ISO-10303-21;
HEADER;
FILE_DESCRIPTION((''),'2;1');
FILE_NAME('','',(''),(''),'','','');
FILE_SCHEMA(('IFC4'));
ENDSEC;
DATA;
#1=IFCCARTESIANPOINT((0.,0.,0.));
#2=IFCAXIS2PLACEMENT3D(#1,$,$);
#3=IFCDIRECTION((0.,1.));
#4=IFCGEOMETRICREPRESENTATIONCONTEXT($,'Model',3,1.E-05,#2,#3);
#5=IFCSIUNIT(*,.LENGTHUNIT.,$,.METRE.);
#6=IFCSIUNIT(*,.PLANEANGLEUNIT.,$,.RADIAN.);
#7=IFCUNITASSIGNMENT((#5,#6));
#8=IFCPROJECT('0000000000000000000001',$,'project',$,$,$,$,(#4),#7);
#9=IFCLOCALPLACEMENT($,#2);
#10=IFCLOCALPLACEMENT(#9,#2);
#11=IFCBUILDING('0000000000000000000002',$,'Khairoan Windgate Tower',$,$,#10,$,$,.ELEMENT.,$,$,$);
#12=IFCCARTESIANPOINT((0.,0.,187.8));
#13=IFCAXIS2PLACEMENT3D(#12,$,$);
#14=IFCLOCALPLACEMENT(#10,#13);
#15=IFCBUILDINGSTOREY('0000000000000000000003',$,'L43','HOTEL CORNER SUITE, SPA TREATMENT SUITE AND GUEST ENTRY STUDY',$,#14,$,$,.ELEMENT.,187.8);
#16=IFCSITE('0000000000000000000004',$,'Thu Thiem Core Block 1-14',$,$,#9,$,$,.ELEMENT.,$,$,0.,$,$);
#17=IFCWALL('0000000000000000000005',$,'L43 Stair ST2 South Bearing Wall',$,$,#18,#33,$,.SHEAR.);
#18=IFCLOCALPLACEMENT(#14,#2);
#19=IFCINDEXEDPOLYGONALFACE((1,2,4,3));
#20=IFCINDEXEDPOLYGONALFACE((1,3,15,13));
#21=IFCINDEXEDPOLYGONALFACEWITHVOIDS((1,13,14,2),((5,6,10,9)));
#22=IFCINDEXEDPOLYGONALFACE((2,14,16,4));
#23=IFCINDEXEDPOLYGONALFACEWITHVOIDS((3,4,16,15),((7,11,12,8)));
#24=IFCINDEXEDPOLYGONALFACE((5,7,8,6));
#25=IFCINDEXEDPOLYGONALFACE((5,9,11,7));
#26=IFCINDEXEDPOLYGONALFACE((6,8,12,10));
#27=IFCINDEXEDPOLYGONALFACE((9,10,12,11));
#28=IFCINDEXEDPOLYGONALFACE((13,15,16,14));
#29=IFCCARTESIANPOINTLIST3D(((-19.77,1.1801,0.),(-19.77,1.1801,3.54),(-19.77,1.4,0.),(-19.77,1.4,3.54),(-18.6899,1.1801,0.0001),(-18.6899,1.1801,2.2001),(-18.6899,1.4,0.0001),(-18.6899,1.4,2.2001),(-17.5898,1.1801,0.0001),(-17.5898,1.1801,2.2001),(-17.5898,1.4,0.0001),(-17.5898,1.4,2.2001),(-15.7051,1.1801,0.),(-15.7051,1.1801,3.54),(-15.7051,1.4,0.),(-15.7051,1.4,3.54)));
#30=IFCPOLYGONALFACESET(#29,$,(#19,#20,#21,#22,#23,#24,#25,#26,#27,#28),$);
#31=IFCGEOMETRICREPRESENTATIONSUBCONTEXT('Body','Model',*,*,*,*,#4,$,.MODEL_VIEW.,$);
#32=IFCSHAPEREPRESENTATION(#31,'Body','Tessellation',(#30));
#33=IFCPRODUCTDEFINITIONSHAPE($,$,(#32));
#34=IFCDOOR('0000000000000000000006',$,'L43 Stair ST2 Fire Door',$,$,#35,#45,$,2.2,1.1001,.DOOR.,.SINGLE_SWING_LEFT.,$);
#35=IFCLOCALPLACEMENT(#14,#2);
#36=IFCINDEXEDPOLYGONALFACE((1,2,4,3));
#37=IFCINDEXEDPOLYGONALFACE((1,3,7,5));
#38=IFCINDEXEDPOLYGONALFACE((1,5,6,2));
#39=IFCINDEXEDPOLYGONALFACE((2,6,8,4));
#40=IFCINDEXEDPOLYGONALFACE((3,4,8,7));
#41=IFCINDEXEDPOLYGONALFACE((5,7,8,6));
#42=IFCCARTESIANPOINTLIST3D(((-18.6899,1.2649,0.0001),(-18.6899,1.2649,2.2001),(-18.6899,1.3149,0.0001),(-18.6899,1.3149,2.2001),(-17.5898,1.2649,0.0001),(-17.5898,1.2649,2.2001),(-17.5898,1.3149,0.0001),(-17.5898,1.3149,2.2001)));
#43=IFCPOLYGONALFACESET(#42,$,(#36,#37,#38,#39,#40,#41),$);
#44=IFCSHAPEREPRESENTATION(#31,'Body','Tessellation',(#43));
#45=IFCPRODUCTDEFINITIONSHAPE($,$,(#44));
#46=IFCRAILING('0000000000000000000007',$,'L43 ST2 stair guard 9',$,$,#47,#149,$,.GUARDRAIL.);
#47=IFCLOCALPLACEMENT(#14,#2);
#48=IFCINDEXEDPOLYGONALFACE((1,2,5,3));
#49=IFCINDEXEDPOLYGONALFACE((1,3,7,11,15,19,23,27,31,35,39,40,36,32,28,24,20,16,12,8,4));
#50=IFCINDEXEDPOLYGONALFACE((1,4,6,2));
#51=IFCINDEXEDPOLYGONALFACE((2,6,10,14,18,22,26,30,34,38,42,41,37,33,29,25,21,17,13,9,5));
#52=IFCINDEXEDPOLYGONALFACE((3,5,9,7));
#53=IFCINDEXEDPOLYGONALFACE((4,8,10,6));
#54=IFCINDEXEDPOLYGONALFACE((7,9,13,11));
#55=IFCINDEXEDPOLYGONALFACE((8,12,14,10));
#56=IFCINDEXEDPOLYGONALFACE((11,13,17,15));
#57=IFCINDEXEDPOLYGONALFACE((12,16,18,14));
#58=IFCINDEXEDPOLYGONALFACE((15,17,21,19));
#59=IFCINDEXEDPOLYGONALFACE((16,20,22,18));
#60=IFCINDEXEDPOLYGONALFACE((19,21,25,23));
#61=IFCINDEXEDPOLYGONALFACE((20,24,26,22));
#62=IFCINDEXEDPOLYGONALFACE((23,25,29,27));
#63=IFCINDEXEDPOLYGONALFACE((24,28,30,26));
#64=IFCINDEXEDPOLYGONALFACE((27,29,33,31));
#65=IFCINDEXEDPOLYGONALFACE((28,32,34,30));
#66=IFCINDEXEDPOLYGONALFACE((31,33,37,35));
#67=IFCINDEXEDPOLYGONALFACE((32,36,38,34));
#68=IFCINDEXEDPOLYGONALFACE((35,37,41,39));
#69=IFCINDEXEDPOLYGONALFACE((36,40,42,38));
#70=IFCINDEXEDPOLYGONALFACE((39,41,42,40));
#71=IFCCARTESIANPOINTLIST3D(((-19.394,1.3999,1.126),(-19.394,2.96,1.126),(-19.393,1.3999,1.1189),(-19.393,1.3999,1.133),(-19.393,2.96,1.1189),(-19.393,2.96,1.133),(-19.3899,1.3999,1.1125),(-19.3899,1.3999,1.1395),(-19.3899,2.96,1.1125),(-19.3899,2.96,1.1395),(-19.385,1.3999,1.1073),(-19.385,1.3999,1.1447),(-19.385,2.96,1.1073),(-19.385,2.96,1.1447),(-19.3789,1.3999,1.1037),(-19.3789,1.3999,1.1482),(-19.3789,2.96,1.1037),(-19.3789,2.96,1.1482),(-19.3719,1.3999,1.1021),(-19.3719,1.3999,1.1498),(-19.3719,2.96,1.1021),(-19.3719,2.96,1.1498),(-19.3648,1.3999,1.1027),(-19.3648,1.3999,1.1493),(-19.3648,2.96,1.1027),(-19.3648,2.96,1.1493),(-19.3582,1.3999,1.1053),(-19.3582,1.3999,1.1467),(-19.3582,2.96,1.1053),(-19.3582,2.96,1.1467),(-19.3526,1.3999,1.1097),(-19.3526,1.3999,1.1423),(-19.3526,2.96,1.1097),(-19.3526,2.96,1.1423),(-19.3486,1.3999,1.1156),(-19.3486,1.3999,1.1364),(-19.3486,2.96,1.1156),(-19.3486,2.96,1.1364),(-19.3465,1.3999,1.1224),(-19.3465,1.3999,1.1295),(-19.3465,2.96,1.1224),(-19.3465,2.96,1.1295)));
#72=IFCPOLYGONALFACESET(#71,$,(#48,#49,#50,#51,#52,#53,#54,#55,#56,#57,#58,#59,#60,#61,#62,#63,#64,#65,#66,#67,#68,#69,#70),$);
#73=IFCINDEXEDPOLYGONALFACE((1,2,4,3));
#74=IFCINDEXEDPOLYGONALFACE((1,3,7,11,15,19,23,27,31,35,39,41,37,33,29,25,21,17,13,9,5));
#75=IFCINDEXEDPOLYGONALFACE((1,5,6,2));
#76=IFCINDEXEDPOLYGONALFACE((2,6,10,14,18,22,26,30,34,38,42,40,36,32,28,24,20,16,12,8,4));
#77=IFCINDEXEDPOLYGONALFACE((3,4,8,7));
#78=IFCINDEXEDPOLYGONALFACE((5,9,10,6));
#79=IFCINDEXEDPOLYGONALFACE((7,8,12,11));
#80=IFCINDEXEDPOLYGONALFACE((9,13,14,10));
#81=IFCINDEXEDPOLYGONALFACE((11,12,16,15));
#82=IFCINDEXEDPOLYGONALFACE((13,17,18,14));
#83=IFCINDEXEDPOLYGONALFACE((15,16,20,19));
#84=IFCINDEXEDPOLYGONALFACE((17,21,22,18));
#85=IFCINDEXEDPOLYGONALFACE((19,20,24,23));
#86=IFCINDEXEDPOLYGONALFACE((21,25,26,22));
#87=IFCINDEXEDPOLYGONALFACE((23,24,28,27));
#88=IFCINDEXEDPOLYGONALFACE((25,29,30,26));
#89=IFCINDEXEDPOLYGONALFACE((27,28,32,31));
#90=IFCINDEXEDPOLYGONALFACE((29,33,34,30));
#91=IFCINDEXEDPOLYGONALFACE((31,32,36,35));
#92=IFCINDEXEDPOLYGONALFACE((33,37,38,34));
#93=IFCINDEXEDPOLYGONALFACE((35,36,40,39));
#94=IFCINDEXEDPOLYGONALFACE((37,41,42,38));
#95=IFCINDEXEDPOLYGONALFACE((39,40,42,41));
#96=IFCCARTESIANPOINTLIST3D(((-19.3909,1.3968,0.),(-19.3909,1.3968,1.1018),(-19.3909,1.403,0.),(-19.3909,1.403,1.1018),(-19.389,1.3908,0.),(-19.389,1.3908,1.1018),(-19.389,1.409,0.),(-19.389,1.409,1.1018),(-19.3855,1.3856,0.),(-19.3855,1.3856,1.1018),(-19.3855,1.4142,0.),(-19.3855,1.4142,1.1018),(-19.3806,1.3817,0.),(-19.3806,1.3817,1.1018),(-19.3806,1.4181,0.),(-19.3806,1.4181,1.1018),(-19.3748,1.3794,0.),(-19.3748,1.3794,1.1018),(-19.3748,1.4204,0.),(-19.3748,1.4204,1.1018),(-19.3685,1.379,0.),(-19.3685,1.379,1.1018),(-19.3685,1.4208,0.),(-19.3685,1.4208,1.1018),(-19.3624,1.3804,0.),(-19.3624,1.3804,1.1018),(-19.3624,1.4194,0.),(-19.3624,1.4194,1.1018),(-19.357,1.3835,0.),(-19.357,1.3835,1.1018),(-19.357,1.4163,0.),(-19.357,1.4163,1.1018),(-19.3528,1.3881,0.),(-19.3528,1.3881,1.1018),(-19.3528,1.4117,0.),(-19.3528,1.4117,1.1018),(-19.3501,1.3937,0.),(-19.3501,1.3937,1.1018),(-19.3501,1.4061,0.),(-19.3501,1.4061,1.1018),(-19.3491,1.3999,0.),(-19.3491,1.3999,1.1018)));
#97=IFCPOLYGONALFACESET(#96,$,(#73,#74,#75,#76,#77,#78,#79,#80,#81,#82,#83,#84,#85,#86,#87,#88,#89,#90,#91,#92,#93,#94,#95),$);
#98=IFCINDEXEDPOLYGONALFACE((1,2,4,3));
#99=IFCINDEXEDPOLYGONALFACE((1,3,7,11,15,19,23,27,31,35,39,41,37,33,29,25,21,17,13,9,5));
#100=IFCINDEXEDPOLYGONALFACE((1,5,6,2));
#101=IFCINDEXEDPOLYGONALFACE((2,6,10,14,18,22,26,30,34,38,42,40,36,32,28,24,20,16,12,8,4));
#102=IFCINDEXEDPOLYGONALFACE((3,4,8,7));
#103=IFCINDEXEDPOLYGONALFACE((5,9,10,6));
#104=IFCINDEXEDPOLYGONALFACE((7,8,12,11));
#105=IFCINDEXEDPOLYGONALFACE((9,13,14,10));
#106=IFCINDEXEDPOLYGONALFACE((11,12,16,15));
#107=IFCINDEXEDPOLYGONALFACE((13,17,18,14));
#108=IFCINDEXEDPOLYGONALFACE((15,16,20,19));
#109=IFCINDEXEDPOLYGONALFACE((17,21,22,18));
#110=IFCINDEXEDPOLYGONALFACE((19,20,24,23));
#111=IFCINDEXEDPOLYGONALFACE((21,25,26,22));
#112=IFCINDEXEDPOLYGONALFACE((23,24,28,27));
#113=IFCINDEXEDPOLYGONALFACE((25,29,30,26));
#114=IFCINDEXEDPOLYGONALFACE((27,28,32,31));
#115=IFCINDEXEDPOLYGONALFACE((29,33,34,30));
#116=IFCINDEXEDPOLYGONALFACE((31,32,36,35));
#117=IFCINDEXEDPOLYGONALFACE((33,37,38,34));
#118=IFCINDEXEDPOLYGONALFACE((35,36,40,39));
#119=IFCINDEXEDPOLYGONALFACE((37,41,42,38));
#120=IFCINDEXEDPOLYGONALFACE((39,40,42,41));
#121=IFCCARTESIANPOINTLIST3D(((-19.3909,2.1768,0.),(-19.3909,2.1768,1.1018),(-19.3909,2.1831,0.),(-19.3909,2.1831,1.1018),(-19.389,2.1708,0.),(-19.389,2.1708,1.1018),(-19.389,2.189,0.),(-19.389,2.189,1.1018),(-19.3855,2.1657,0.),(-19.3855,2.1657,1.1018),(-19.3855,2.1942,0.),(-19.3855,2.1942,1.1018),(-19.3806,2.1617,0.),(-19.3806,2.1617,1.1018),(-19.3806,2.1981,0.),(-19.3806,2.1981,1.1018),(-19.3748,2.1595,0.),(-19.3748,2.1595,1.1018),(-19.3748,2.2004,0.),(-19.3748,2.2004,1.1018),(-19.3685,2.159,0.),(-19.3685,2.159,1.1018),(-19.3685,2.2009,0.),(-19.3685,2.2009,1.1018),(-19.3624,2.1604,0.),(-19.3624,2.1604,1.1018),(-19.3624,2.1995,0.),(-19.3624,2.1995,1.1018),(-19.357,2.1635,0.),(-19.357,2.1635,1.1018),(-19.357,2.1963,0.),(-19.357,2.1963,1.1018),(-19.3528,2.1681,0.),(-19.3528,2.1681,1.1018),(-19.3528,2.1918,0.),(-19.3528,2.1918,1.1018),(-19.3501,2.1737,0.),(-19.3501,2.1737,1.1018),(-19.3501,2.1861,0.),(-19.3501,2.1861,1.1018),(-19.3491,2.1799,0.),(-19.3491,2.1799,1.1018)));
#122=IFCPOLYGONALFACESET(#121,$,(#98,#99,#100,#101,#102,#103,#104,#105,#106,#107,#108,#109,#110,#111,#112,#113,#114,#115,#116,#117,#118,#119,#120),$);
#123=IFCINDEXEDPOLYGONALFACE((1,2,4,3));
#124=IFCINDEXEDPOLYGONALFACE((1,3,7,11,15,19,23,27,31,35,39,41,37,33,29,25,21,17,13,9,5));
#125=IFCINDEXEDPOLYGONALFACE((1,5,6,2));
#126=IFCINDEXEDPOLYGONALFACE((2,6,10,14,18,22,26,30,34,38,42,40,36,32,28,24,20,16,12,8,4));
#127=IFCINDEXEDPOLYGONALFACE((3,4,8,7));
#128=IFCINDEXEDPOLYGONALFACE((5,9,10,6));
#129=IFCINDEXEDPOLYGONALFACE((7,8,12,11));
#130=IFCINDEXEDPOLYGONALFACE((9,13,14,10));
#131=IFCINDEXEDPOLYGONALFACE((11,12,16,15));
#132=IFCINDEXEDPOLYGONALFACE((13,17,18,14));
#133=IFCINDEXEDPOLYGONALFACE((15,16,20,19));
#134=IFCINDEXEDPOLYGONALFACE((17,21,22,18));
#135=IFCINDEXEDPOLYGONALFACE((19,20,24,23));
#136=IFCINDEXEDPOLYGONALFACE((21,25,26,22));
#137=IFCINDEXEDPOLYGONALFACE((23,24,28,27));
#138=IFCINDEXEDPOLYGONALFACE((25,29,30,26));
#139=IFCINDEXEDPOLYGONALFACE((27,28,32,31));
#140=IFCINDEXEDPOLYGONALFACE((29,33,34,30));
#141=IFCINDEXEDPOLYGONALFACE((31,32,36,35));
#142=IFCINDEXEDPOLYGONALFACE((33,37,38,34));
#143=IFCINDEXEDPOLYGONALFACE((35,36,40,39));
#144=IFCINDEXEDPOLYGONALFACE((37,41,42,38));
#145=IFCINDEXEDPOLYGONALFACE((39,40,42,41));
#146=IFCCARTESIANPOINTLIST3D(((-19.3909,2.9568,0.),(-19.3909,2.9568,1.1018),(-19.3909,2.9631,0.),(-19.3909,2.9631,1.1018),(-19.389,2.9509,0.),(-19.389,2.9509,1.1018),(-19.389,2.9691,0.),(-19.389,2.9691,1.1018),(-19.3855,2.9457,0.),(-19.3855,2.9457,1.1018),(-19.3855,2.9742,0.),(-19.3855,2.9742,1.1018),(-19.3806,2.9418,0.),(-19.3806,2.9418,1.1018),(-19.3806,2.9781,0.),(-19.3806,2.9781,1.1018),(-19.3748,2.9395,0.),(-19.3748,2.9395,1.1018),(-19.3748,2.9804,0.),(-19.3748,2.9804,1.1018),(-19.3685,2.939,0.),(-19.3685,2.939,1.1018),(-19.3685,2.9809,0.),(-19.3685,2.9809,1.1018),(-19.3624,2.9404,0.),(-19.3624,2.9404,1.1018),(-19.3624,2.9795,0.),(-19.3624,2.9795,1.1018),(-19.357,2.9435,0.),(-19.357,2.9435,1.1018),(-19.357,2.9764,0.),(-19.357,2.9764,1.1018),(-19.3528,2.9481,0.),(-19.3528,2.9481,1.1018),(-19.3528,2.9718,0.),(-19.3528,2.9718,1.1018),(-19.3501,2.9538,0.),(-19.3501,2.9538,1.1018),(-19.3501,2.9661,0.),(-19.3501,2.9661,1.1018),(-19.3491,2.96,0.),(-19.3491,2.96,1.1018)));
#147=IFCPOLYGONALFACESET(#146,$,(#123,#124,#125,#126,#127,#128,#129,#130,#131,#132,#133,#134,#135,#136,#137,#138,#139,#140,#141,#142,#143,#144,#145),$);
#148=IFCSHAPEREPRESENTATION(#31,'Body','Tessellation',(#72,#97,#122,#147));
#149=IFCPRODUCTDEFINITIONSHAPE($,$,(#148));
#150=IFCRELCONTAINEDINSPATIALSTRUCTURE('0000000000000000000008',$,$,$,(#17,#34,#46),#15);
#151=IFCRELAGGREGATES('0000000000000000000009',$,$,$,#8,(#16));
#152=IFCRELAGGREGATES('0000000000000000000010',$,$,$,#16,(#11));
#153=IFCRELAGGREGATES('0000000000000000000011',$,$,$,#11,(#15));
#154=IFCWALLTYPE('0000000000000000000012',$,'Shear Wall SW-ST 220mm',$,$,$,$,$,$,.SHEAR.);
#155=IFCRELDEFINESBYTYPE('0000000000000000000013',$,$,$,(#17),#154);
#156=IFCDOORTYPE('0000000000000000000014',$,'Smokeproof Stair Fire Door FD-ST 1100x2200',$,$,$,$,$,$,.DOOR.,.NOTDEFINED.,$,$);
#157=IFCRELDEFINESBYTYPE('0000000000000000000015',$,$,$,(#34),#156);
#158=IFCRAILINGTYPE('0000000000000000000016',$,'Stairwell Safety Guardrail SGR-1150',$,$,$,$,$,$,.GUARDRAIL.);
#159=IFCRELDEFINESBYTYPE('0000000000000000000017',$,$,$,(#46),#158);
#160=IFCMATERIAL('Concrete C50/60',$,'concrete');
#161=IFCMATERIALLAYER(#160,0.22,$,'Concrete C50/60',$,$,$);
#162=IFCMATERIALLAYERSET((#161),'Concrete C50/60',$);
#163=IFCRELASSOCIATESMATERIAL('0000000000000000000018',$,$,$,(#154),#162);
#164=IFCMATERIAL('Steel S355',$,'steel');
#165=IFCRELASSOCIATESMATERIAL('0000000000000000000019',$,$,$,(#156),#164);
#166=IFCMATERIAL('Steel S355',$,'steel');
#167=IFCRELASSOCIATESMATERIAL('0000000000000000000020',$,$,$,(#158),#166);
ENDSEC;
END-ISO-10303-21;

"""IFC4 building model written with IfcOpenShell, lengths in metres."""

from ifc_helpers import new_model, si_unit, direction, frame, frame_2d, origin, origin_2d, place, context, subcontext, project, spatial, rectangle, circle, extrude, material, layer, layer_set, type_object, element, fill, save


model = new_model("IFC4")

# Units and contexts
model_context = context("Model", 3, precision=1e-05, world=origin(), true_north=direction((0.0, 1.0)))
body_context = subcontext(model_context, "Body", "Model", "MODEL_VIEW")
ifc_project = project(units=[si_unit("LENGTHUNIT", "METRE"), si_unit("PLANEANGLEUNIT", "RADIAN")], contexts=[model_context])

# Site, building, storey
site_placement = place(None, origin())
site = spatial("IfcSite", under=ifc_project, at=site_placement, Name="Thu Thiem Core Block 1-14", CompositionType="ELEMENT", RefElevation=0.0)
building_placement = place(site_placement, origin())
building = spatial("IfcBuilding", under=site, at=building_placement, Name="Khairoan Windgate Tower", CompositionType="ELEMENT")
storey_placement = place(building_placement, frame((0.0, 0.0, 187.8)))
storey = spatial("IfcBuildingStorey", under=building, at=storey_placement, Name="L43", Description="HOTEL CORNER SUITE, SPA TREATMENT SUITE AND GUEST ENTRY STUDY", CompositionType="ELEMENT", Elevation=187.8)

# Shared definitions
ifc_material_1 = material(Name="Concrete C50/60", Category="concrete")
ifc_layer_1 = layer(ifc_material_1, 0.22, Name="Concrete C50/60")
ifc_layer_set_1 = layer_set([ifc_layer_1], Name="Concrete C50/60")
wall_type_1 = type_object("IfcWallType", Name="Shear Wall SW-ST 220mm", PredefinedType="SHEAR", material=ifc_layer_set_1)

# Wall, opening, door
wall_1_placement = place(storey_placement, frame((-19.77, 1.29, 0.0), z_axis=(0.0, 0.0, 1.0), x_axis=(1.0, 0.0, 0.0)))
wall_1 = element("IfcWall", 1, at=wall_1_placement, inside=storey, type_object=wall_type_1, Name="L43 Stair ST2 South Bearing Wall", PredefinedType="SHEAR", context=body_context, shape_type="SweptSolid", body=[
    extrude(rectangle(XDim=4.0649, YDim=0.22, at=frame_2d((2.0325, 0.0))), origin(), (0.0, 0.0, 1.0), 3.54),
])
opening_1_placement = place(wall_1_placement, frame((1.0801, 0.0, 0.0)))
opening_1 = element("IfcOpeningElement", 2, at=opening_1_placement, cuts=wall_1, PredefinedType="OPENING", context=body_context, shape_type="SweptSolid", body=[
    extrude(rectangle(XDim=1.1001, YDim=2.2, at=frame_2d((0.55, 1.1001))), frame((0.0, 0.1199, 0.0), z_axis=(0.0, -1.0, 0.0), x_axis=(1.0, 0.0, 0.0)), (0.0, 0.0, 1.0), 0.24),
])
ifc_material_2 = material(Name="Steel S355", Category="steel")
door_type_1 = type_object("IfcDoorType", Name="Smokeproof Stair Fire Door FD-ST 1100x2200", OperationType="NOTDEFINED", PredefinedType="DOOR", material=ifc_material_2)
door_1_placement = place(opening_1_placement, origin())
door_1 = element("IfcDoor", 3, at=door_1_placement, inside=storey, type_object=door_type_1, Name="L43 Stair ST2 Fire Door", OperationType="SINGLE_SWING_LEFT", OverallHeight=2.2, OverallWidth=1.1001, PredefinedType="DOOR", context=body_context, shape_type="SweptSolid", body=[
    extrude(rectangle(XDim=1.1001, YDim=2.2, at=frame_2d((0.55, 1.1001))), frame((0.0, 0.0249, 0.0), z_axis=(0.0, -1.0, 0.0), x_axis=(1.0, 0.0, 0.0)), (0.0, 0.0, 1.0), 0.05),
])
fill(opening_1, door_1)

# Railing
ifc_material_3 = material(Name="Steel S355", Category="steel")
railing_type = type_object("IfcRailingType", Name="Stairwell Safety Guardrail SGR-1150", PredefinedType="GUARDRAIL", material=ifc_material_3)
railing_placement = place(storey_placement, frame((-19.3701, 1.3999, 0.0)))
element("IfcRailing", 4, at=railing_placement, inside=storey, type_object=railing_type, Name="L43 ST2 stair guard 9", PredefinedType="GUARDRAIL", context=body_context, shape_type="SweptSolid", body=[
    extrude(circle(Radius=0.0239, at=origin_2d()), frame((0.0, 0.0, 1.126), z_axis=(0.0, 1.0, 0.0), x_axis=(-1.0, 0.0, 0.0)), (0.0, 0.0, 1.0), 1.5601),
    extrude(circle(Radius=0.021, at=origin_2d()), origin(), (0.0, 0.0, 1.0), 1.1018),
    extrude(circle(Radius=0.021, at=origin_2d()), frame((0.0, 0.78, 0.0)), (0.0, 0.0, 1.0), 1.1018),
    extrude(circle(Radius=0.021, at=origin_2d()), frame((0.0, 1.5601, 0.0)), (0.0, 0.0, 1.0), 1.1018),
])

save(model, "model.ifc")
